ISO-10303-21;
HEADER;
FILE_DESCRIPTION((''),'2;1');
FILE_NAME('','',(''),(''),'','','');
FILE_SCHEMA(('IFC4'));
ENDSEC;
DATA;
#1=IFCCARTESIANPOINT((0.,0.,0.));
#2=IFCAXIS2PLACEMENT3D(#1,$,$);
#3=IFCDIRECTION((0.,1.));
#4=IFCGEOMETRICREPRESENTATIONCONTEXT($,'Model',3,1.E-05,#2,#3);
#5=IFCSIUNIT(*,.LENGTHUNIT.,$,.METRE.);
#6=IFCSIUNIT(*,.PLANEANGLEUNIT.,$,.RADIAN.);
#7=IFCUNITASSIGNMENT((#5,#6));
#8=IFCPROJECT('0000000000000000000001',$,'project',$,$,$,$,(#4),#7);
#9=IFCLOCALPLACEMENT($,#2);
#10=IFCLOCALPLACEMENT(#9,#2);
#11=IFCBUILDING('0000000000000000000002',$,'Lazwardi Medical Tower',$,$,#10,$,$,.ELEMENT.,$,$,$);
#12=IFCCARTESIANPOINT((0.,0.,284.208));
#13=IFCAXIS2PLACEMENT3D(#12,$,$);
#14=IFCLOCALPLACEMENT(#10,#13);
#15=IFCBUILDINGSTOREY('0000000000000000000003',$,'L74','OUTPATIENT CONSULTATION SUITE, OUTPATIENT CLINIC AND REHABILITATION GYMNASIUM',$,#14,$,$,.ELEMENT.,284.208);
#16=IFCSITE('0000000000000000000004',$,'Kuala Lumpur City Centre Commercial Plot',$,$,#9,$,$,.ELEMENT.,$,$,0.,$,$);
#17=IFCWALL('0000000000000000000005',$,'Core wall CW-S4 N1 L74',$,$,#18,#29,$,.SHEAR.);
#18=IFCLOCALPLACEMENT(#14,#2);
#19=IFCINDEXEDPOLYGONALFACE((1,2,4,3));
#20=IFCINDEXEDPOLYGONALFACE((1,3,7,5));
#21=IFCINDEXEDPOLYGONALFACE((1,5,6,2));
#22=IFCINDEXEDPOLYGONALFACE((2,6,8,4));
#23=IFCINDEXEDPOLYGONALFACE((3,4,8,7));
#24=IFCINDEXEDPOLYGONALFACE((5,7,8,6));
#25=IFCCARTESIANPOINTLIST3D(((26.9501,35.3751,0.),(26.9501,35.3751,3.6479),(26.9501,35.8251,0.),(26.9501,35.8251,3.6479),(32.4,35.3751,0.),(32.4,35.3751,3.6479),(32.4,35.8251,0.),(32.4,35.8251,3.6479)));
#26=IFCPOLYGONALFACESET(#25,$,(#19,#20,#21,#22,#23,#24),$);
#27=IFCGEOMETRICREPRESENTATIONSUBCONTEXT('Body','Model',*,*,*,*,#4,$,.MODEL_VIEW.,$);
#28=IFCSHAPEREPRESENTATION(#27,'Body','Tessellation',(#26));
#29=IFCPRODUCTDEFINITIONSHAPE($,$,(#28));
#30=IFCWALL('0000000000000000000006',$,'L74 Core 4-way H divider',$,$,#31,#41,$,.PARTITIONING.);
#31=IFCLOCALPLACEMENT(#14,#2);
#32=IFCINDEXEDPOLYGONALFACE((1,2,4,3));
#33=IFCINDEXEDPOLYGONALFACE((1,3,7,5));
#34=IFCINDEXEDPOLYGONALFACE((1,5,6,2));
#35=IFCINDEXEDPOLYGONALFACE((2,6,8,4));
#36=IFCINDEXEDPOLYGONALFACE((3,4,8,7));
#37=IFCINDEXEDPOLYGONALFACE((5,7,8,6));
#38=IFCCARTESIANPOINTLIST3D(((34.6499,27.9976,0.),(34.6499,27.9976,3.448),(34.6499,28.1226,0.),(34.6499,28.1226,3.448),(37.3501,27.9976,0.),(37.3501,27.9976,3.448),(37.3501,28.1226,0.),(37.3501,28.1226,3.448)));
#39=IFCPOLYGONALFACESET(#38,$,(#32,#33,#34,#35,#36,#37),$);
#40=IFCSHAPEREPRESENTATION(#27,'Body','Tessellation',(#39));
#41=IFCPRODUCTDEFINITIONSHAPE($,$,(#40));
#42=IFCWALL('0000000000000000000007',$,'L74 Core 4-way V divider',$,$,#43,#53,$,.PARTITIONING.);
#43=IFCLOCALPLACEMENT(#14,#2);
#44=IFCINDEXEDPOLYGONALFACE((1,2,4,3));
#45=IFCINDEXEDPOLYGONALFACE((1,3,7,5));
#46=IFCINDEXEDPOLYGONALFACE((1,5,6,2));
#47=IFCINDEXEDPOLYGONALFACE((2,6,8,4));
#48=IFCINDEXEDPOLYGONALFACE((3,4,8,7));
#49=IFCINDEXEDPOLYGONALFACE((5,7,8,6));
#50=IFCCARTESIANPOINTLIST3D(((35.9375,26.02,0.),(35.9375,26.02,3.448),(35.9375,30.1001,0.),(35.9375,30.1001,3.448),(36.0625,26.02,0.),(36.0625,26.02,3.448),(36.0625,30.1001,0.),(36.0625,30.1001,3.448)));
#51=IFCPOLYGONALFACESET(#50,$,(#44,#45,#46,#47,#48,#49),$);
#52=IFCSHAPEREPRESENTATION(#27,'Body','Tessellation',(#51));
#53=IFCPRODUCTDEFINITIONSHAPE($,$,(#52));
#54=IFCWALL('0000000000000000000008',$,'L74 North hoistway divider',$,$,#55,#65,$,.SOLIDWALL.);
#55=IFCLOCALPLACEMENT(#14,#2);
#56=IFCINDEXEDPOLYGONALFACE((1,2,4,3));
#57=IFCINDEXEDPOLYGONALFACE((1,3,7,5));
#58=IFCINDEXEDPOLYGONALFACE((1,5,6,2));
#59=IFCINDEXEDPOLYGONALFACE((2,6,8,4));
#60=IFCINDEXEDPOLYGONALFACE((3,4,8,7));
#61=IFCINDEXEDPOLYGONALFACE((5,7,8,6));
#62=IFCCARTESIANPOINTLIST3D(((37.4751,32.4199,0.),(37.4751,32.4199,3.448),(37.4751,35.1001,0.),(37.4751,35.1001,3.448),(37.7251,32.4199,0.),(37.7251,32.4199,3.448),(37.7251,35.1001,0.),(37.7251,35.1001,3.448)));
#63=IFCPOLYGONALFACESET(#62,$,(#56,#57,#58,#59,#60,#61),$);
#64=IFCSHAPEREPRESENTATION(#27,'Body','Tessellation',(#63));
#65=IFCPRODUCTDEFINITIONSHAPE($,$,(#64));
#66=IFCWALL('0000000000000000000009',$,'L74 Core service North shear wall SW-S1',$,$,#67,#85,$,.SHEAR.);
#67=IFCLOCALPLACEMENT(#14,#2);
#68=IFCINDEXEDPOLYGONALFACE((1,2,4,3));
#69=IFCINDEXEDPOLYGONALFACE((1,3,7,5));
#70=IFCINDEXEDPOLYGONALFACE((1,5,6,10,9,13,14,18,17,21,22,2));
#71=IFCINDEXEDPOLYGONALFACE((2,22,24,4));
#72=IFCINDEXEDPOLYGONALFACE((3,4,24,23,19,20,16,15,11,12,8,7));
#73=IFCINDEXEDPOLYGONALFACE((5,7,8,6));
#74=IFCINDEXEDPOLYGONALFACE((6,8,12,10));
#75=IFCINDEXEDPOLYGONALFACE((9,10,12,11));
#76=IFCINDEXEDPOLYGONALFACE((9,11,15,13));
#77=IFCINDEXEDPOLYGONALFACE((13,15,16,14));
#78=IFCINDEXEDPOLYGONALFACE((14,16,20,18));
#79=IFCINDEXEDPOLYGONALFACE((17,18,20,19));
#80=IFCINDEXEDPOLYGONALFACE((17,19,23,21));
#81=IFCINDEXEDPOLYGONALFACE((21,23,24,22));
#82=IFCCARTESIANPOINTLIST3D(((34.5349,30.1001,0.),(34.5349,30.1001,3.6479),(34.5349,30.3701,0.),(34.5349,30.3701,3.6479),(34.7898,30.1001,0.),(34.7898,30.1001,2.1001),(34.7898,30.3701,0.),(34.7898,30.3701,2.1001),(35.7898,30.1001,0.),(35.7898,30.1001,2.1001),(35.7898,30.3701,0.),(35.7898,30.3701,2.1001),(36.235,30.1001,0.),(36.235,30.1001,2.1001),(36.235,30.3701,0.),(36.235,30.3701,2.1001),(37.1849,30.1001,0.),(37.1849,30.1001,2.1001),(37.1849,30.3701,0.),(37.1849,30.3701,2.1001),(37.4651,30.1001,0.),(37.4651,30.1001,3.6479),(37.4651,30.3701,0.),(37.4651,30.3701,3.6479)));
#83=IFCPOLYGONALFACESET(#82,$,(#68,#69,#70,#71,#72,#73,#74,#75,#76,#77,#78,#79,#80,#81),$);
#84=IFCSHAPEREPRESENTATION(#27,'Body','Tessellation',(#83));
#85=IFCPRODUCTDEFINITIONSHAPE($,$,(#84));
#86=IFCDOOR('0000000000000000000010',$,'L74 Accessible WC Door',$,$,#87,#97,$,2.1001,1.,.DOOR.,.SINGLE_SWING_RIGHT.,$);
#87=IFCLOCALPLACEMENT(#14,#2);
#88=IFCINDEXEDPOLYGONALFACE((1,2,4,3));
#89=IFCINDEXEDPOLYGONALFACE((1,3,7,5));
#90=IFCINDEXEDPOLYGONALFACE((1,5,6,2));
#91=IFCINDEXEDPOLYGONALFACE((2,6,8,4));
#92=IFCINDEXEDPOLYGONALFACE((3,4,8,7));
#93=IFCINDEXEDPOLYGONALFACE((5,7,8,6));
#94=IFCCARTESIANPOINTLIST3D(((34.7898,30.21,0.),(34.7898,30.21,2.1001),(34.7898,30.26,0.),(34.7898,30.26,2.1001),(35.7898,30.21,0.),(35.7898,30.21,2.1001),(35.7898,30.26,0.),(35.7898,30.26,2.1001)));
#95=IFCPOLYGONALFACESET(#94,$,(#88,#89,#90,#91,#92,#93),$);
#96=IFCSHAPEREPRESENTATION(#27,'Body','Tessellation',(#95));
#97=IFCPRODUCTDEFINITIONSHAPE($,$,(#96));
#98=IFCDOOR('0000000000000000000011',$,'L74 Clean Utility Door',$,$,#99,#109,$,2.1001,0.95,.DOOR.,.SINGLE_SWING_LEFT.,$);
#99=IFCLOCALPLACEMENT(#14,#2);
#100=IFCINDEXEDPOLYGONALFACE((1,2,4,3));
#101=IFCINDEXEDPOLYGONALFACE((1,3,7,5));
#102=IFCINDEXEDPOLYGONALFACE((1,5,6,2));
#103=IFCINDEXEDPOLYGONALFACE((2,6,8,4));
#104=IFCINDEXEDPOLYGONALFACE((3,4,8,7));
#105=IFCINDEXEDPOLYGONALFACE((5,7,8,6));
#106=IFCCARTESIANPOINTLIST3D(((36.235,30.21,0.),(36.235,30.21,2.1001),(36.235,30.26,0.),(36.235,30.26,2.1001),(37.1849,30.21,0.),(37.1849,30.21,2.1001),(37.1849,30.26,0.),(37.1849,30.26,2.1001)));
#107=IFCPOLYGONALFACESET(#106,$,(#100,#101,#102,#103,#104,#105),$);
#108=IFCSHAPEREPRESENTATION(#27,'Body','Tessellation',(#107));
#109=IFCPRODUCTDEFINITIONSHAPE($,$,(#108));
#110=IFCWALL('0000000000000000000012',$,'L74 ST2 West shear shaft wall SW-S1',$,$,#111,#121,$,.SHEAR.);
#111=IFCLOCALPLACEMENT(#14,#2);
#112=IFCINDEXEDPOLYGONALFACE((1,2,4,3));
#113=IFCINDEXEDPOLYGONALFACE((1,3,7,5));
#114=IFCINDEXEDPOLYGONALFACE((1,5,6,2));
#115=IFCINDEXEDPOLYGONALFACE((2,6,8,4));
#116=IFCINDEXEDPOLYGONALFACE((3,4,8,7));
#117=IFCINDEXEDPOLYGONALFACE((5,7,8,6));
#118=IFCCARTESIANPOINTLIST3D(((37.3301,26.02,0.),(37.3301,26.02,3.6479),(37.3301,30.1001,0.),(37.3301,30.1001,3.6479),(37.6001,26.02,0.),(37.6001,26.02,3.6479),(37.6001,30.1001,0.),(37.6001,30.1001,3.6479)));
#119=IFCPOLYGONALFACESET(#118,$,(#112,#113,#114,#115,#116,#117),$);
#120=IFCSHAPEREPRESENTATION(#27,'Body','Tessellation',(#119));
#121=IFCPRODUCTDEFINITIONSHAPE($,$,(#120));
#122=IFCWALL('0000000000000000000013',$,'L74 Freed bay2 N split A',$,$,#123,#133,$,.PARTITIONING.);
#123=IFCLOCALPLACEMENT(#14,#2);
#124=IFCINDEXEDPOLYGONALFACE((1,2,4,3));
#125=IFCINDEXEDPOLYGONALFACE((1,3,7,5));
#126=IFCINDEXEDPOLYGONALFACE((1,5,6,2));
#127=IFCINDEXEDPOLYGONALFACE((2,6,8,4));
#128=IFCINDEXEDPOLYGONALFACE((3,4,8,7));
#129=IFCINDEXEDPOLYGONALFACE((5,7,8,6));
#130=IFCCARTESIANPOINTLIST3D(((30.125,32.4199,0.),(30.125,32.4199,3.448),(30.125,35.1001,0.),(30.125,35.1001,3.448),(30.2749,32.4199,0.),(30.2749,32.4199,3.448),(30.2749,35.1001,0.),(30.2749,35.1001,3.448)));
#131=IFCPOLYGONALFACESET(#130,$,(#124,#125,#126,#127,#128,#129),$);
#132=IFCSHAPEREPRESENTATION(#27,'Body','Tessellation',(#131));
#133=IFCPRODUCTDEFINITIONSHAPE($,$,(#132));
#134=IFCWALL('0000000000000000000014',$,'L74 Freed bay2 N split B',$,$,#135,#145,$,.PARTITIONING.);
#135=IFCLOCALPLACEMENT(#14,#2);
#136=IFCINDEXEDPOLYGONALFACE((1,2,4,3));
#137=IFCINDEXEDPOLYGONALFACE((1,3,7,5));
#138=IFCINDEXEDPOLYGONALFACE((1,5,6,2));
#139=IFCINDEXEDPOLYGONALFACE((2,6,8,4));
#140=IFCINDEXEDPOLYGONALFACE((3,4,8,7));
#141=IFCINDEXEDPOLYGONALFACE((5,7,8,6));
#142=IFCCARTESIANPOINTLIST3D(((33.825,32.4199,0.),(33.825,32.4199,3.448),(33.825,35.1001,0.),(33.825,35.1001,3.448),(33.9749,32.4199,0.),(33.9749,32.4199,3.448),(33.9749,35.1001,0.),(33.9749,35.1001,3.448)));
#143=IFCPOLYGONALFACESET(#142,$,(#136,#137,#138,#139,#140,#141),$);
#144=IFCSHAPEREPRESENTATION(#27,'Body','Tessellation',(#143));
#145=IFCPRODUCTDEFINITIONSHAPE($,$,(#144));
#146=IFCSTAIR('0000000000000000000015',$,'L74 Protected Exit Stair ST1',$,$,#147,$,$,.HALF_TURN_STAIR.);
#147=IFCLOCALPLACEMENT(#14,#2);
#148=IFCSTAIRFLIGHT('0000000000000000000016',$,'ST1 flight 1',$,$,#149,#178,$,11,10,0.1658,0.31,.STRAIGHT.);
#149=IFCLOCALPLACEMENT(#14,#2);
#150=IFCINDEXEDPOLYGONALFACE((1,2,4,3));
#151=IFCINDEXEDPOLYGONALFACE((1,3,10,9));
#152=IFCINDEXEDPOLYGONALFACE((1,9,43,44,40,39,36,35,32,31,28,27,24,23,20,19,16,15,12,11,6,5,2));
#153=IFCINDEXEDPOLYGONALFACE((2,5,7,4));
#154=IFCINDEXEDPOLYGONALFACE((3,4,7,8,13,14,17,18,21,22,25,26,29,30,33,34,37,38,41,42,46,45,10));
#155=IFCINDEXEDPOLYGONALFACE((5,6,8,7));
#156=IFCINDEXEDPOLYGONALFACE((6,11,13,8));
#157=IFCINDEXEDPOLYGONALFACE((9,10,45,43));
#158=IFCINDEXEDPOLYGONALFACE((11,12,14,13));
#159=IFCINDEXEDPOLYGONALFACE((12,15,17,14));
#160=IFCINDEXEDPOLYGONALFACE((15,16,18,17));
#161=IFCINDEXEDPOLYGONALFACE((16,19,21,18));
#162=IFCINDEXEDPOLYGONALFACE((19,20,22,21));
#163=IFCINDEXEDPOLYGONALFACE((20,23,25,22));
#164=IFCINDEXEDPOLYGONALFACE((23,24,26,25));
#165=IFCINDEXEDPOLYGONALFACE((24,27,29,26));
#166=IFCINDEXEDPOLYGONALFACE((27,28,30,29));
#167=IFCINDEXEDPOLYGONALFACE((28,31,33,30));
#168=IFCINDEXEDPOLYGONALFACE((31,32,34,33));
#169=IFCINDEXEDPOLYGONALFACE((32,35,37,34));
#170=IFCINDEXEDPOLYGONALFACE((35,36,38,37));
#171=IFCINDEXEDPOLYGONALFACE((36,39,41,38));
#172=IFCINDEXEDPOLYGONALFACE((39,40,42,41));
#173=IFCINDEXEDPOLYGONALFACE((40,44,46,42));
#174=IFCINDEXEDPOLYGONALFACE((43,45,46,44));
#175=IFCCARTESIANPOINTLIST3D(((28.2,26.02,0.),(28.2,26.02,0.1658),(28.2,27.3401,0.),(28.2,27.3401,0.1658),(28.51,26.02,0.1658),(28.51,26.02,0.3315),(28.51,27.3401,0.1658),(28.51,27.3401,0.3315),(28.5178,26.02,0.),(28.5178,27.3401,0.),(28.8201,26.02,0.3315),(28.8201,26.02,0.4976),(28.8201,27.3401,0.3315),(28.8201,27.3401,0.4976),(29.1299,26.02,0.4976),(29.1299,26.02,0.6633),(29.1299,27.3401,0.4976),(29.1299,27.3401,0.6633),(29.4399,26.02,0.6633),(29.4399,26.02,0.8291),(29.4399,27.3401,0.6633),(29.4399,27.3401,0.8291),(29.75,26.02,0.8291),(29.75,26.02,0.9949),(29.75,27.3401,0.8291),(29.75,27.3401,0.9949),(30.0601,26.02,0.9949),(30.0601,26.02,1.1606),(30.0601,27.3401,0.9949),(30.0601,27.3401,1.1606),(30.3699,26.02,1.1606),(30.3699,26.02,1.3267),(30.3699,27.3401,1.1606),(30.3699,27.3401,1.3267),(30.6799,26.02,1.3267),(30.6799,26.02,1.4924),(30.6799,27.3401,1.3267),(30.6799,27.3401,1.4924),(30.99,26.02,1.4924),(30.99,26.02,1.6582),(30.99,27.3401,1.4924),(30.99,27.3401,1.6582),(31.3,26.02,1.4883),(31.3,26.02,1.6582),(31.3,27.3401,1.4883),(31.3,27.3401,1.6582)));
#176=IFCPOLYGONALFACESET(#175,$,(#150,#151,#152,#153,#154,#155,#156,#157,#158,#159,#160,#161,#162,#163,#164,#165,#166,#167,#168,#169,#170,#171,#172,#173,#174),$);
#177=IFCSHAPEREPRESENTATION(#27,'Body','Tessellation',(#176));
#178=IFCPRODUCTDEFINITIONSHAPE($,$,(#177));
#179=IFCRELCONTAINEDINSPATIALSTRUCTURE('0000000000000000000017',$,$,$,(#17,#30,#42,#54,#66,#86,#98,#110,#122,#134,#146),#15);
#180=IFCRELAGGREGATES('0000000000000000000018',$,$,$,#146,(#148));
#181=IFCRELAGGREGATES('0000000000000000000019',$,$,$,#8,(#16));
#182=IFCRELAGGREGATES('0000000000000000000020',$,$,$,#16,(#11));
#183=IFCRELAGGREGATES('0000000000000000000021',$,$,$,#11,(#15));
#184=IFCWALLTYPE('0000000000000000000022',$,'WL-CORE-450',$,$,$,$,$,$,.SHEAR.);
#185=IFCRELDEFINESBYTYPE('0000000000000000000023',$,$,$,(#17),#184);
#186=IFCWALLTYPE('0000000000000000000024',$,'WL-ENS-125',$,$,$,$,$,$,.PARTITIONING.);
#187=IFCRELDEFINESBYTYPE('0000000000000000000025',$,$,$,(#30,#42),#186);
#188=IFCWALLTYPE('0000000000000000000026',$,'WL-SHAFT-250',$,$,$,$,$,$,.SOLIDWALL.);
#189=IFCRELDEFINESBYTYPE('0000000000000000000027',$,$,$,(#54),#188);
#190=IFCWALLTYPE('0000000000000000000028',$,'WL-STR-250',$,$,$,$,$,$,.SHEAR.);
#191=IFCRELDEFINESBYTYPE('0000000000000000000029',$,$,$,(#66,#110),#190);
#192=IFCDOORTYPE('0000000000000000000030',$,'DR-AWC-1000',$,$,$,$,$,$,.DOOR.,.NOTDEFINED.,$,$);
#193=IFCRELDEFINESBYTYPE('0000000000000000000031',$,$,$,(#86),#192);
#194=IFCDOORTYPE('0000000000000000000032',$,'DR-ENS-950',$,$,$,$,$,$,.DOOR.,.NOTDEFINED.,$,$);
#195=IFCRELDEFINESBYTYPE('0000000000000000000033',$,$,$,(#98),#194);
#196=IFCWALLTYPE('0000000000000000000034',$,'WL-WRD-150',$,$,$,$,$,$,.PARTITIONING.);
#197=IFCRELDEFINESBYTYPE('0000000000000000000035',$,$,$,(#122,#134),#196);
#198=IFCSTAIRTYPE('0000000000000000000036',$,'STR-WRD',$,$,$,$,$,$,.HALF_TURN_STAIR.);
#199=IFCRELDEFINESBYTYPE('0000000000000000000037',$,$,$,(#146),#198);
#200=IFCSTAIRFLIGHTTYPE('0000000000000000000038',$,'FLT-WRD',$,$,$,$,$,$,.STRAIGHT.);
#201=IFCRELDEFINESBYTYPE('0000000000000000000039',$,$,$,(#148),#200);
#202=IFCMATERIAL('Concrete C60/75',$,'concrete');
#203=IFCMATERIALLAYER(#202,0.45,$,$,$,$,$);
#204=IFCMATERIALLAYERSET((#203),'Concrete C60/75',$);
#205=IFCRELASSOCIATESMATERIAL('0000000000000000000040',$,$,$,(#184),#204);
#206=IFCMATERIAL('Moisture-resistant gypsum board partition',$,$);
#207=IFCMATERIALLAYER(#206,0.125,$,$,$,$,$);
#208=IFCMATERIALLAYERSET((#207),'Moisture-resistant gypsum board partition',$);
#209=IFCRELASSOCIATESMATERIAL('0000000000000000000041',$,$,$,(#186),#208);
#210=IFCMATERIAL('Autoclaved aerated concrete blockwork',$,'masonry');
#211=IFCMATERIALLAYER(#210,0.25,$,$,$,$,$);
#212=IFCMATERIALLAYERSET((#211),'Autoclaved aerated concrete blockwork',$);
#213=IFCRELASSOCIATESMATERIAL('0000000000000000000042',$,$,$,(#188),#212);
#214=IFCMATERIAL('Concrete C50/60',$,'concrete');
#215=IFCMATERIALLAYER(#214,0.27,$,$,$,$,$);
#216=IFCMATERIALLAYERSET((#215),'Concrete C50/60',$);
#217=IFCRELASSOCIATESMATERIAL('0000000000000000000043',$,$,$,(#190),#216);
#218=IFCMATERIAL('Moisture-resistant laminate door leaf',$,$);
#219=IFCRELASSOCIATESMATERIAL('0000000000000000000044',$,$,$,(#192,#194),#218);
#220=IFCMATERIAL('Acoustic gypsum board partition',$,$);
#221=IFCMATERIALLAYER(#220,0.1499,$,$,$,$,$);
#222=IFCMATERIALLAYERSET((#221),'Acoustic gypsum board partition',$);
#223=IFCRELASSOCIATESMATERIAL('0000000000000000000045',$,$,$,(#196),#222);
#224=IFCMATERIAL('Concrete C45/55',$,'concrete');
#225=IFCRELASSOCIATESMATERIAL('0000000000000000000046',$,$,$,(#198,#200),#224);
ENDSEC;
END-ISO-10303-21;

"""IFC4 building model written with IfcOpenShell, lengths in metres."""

from ifc_helpers import new_model, si_unit, direction, frame, frame_2d, origin, place, context, subcontext, project, spatial, polyline, rectangle, outline, extrude, material, layer, layer_set, type_object, element, fill, aggregate, save


model = new_model("IFC4")

# Units and contexts
model_context = context("Model", 3, precision=1e-05, world=origin(), true_north=direction((0.0, 1.0)))
body_context = subcontext(model_context, "Body", "Model", "MODEL_VIEW")
ifc_project = project(units=[si_unit("LENGTHUNIT", "METRE"), si_unit("PLANEANGLEUNIT", "RADIAN")], contexts=[model_context])

# Site, building, storey
site_placement = place(None, origin())
site = spatial("IfcSite", under=ifc_project, at=site_placement, Name="Kuala Lumpur City Centre Commercial Plot", CompositionType="ELEMENT", RefElevation=0.0)
building_placement = place(site_placement, origin())
building = spatial("IfcBuilding", under=site, at=building_placement, Name="Lazwardi Medical Tower", CompositionType="ELEMENT")
storey_placement = place(building_placement, frame((0.0, 0.0, 284.208)))
storey = spatial("IfcBuildingStorey", under=building, at=storey_placement, Name="L74", Description="OUTPATIENT CONSULTATION SUITE, OUTPATIENT CLINIC AND REHABILITATION GYMNASIUM", CompositionType="ELEMENT", Elevation=284.208)

# Walls
ifc_material_1 = material(Name="Concrete C60/75", Category="concrete")
ifc_layer_1 = layer(ifc_material_1, 0.45)
ifc_layer_set_1 = layer_set([ifc_layer_1], Name="Concrete C60/75")
wall_type_1 = type_object("IfcWallType", Name="WL-CORE-450", PredefinedType="SHEAR", material=ifc_layer_set_1)
wall_1_placement = place(storey_placement, frame((26.95, 35.6001, 0.0), z_axis=(0.0, 0.0, 1.0), x_axis=(1.0, 0.0, 0.0)))
element("IfcWall", 1, at=wall_1_placement, inside=storey, type_object=wall_type_1, Name="Core wall CW-S4 N1 L74", PredefinedType="SHEAR", context=body_context, shape_type="SweptSolid", body=[
    extrude(rectangle(XDim=5.45, YDim=0.45, at=frame_2d((2.7251, 0.0))), origin(), (0.0, 0.0, 1.0), 3.6479),
])
ifc_material_2 = material(Name="Moisture-resistant gypsum board partition")
ifc_layer_2 = layer(ifc_material_2, 0.125)
ifc_layer_set_2 = layer_set([ifc_layer_2], Name="Moisture-resistant gypsum board partition")
wall_type_2 = type_object("IfcWallType", Name="WL-ENS-125", PredefinedType="PARTITIONING", material=ifc_layer_set_2)
wall_2_placement = place(storey_placement, frame((34.6499, 28.0601, 0.0), z_axis=(0.0, 0.0, 1.0), x_axis=(1.0, 0.0, 0.0)))
element("IfcWall", 2, at=wall_2_placement, inside=storey, type_object=wall_type_2, Name="L74 Core 4-way H divider", PredefinedType="PARTITIONING", context=body_context, shape_type="SweptSolid", body=[
    extrude(rectangle(XDim=2.7002, YDim=0.125, at=frame_2d((1.3501, 0.0))), origin(), (0.0, 0.0, 1.0), 3.448),
])
wall_3_placement = place(storey_placement, frame((36.0, 26.02, 0.0), z_axis=(0.0, 0.0, 1.0), x_axis=(0.0, 1.0, 0.0)))
element("IfcWall", 3, at=wall_3_placement, inside=storey, type_object=wall_type_2, Name="L74 Core 4-way V divider", PredefinedType="PARTITIONING", context=body_context, shape_type="SweptSolid", body=[
    extrude(rectangle(XDim=4.0801, YDim=0.125, at=frame_2d((2.04, 0.0))), origin(), (0.0, 0.0, 1.0), 3.448),
])
ifc_material_3 = material(Name="Autoclaved aerated concrete blockwork", Category="masonry")
ifc_layer_3 = layer(ifc_material_3, 0.25)
ifc_layer_set_3 = layer_set([ifc_layer_3], Name="Autoclaved aerated concrete blockwork")
wall_type_3 = type_object("IfcWallType", Name="WL-SHAFT-250", PredefinedType="SOLIDWALL", material=ifc_layer_set_3)
wall_4_placement = place(storey_placement, frame((37.6001, 32.4199, 0.0), z_axis=(0.0, 0.0, 1.0), x_axis=(0.0, 1.0, 0.0)))
element("IfcWall", 4, at=wall_4_placement, inside=storey, type_object=wall_type_3, Name="L74 North hoistway divider", PredefinedType="SOLIDWALL", context=body_context, shape_type="SweptSolid", body=[
    extrude(rectangle(XDim=2.6802, YDim=0.25, at=frame_2d((1.3401, 0.0))), origin(), (0.0, 0.0, 1.0), 3.448),
])

# Wall, openings, doors
ifc_material_4 = material(Name="Concrete C50/60", Category="concrete")
ifc_layer_4 = layer(ifc_material_4, 0.27)
ifc_layer_set_4 = layer_set([ifc_layer_4], Name="Concrete C50/60")
wall_type_4 = type_object("IfcWallType", Name="WL-STR-250", PredefinedType="SHEAR", material=ifc_layer_set_4)
wall_5_placement = place(storey_placement, frame((34.5349, 30.2351, 0.0), z_axis=(0.0, 0.0, 1.0), x_axis=(1.0, 0.0, 0.0)))
wall_5 = element("IfcWall", 5, at=wall_5_placement, inside=storey, type_object=wall_type_4, Name="L74 Core service North shear wall SW-S1", PredefinedType="SHEAR", context=body_context, shape_type="SweptSolid", body=[
    extrude(rectangle(XDim=2.9302, YDim=0.27, at=frame_2d((1.4651, 0.0))), origin(), (0.0, 0.0, 1.0), 3.6479),
])
opening_1_placement = place(wall_5_placement, frame((0.2549, 0.0, 0.0)))
opening_1 = element("IfcOpeningElement", 6, at=opening_1_placement, cuts=wall_5, PredefinedType="OPENING", context=body_context, shape_type="SweptSolid", body=[
    extrude(rectangle(XDim=1.0, YDim=2.1001, at=frame_2d((0.5, 1.05))), frame((0.0, 0.145, 0.0), z_axis=(0.0, -1.0, 0.0), x_axis=(1.0, 0.0, 0.0)), (0.0, 0.0, 1.0), 0.29),
])
opening_2_placement = place(wall_5_placement, frame((1.7, 0.0, 0.0)))
opening_2 = element("IfcOpeningElement", 7, at=opening_2_placement, cuts=wall_5, PredefinedType="OPENING", context=body_context, shape_type="SweptSolid", body=[
    extrude(rectangle(XDim=0.95, YDim=2.1001, at=frame_2d((0.4751, 1.05))), frame((0.0, 0.145, 0.0), z_axis=(0.0, -1.0, 0.0), x_axis=(1.0, 0.0, 0.0)), (0.0, 0.0, 1.0), 0.29),
])
ifc_material_5 = material(Name="Moisture-resistant laminate door leaf")
door_type_1 = type_object("IfcDoorType", Name="DR-AWC-1000", OperationType="NOTDEFINED", PredefinedType="DOOR", material=ifc_material_5)
door_1_placement = place(opening_1_placement, origin())
door_1 = element("IfcDoor", 8, at=door_1_placement, inside=storey, type_object=door_type_1, Name="L74 Accessible WC Door", OperationType="SINGLE_SWING_RIGHT", OverallHeight=2.1001, OverallWidth=1.0, PredefinedType="DOOR", context=body_context, shape_type="SweptSolid", body=[
    extrude(rectangle(XDim=1.0, YDim=2.1001, at=frame_2d((0.5, 1.05))), frame((0.0, 0.0249, 0.0), z_axis=(0.0, -1.0, 0.0), x_axis=(1.0, 0.0, 0.0)), (0.0, 0.0, 1.0), 0.05),
])
fill(opening_1, door_1)
door_type_2 = type_object("IfcDoorType", Name="DR-ENS-950", OperationType="NOTDEFINED", PredefinedType="DOOR", material=ifc_material_5)
door_2_placement = place(opening_2_placement, origin())
door_2 = element("IfcDoor", 9, at=door_2_placement, inside=storey, type_object=door_type_2, Name="L74 Clean Utility Door", OperationType="SINGLE_SWING_LEFT", OverallHeight=2.1001, OverallWidth=0.95, PredefinedType="DOOR", context=body_context, shape_type="SweptSolid", body=[
    extrude(rectangle(XDim=0.95, YDim=2.1001, at=frame_2d((0.4751, 1.05))), frame((0.0, 0.0249, 0.0), z_axis=(0.0, -1.0, 0.0), x_axis=(1.0, 0.0, 0.0)), (0.0, 0.0, 1.0), 0.05),
])
fill(opening_2, door_2)

# Wall
wall_6_placement = place(storey_placement, frame((37.4651, 26.02, 0.0), z_axis=(0.0, 0.0, 1.0), x_axis=(0.0, 1.0, 0.0)))
element("IfcWall", 10, at=wall_6_placement, inside=storey, type_object=wall_type_4, Name="L74 ST2 West shear shaft wall SW-S1", PredefinedType="SHEAR", context=body_context, shape_type="SweptSolid", body=[
    extrude(rectangle(XDim=4.0801, YDim=0.27, at=frame_2d((2.04, 0.0))), origin(), (0.0, 0.0, 1.0), 3.6479),
])

# Walls
ifc_material_6 = material(Name="Acoustic gypsum board partition")
ifc_layer_5 = layer(ifc_material_6, 0.1499)
ifc_layer_set_5 = layer_set([ifc_layer_5], Name="Acoustic gypsum board partition")
wall_type_5 = type_object("IfcWallType", Name="WL-WRD-150", PredefinedType="PARTITIONING", material=ifc_layer_set_5)
for number, where, z_axis, x_axis, name in (
    (11, (30.2, 32.4199, 0.0), (0.0, 0.0, 1.0), (0.0, 1.0, 0.0), "L74 Freed bay2 N split A"),
    (12, (33.8999, 32.4199, 0.0), (0.0, 0.0, 1.0), (0.0, 1.0, 0.0), "L74 Freed bay2 N split B"),
):
    element("IfcWall", number, at=place(storey_placement, frame(where, z_axis=z_axis, x_axis=x_axis)), inside=storey, type_object=wall_type_5, Name=name, PredefinedType="PARTITIONING", context=body_context, shape_type="SweptSolid", body=[
        extrude(rectangle(XDim=2.6802, YDim=0.1499, at=frame_2d((1.3401, 0.0))), origin(), (0.0, 0.0, 1.0), 3.448),
    ])

# Stair, stair flight
ifc_material_7 = material(Name="Concrete C45/55", Category="concrete")
stair_type = type_object("IfcStairType", Name="STR-WRD", PredefinedType="HALF_TURN_STAIR", material=ifc_material_7)
stair_placement = place(storey_placement, origin())
stair = element("IfcStair", 13, at=stair_placement, inside=storey, type_object=stair_type, Name="L74 Protected Exit Stair ST1", PredefinedType="HALF_TURN_STAIR")
stair_flight_type = type_object("IfcStairFlightType", Name="FLT-WRD", PredefinedType="STRAIGHT", material=ifc_material_7)
stair_flight_1_placement = place(storey_placement, frame((28.2, 26.6799, 0.0), z_axis=(0.0, 0.0, 1.0), x_axis=(1.0, 0.0, 0.0)))
stair_flight_1 = element("IfcStairFlight", 14, at=stair_flight_1_placement, type_object=stair_flight_type, Name="ST1 flight 1", NumberOfRisers=11, NumberOfTreads=10, PredefinedType="STRAIGHT", RiserHeight=0.1658, TreadLength=0.31, context=body_context, shape_type="SweptSolid", body=[
    extrude(outline(polyline([(0.0, 0.0), (0.0, 0.1658), (0.3101, 0.1658), (0.3101, 0.3315), (0.6201, 0.3315), (0.6201, 0.4976), (0.9299, 0.4976), (0.9299, 0.6633), (1.24, 0.6633), (1.24, 0.8291), (1.55, 0.8291), (1.55, 0.9949), (1.8601, 0.9949), (1.8601, 1.1606), (2.1699, 1.1606), (2.1699, 1.3267), (2.48, 1.3267), (2.48, 1.4924), (2.79, 1.4924), (2.79, 1.6582), (3.1001, 1.6582), (3.1001, 1.824), (3.1001, 1.4883), (0.3179, 0.0), (0.0, 0.0)])), frame((0.0, 0.6602, 0.0), z_axis=(0.0, -1.0, 0.0), x_axis=(1.0, 0.0, 0.0)), (0.0, 0.0, 1.0), 1.3201),
])
aggregate(stair, [stair_flight_1])

save(model, "model.ifc")
